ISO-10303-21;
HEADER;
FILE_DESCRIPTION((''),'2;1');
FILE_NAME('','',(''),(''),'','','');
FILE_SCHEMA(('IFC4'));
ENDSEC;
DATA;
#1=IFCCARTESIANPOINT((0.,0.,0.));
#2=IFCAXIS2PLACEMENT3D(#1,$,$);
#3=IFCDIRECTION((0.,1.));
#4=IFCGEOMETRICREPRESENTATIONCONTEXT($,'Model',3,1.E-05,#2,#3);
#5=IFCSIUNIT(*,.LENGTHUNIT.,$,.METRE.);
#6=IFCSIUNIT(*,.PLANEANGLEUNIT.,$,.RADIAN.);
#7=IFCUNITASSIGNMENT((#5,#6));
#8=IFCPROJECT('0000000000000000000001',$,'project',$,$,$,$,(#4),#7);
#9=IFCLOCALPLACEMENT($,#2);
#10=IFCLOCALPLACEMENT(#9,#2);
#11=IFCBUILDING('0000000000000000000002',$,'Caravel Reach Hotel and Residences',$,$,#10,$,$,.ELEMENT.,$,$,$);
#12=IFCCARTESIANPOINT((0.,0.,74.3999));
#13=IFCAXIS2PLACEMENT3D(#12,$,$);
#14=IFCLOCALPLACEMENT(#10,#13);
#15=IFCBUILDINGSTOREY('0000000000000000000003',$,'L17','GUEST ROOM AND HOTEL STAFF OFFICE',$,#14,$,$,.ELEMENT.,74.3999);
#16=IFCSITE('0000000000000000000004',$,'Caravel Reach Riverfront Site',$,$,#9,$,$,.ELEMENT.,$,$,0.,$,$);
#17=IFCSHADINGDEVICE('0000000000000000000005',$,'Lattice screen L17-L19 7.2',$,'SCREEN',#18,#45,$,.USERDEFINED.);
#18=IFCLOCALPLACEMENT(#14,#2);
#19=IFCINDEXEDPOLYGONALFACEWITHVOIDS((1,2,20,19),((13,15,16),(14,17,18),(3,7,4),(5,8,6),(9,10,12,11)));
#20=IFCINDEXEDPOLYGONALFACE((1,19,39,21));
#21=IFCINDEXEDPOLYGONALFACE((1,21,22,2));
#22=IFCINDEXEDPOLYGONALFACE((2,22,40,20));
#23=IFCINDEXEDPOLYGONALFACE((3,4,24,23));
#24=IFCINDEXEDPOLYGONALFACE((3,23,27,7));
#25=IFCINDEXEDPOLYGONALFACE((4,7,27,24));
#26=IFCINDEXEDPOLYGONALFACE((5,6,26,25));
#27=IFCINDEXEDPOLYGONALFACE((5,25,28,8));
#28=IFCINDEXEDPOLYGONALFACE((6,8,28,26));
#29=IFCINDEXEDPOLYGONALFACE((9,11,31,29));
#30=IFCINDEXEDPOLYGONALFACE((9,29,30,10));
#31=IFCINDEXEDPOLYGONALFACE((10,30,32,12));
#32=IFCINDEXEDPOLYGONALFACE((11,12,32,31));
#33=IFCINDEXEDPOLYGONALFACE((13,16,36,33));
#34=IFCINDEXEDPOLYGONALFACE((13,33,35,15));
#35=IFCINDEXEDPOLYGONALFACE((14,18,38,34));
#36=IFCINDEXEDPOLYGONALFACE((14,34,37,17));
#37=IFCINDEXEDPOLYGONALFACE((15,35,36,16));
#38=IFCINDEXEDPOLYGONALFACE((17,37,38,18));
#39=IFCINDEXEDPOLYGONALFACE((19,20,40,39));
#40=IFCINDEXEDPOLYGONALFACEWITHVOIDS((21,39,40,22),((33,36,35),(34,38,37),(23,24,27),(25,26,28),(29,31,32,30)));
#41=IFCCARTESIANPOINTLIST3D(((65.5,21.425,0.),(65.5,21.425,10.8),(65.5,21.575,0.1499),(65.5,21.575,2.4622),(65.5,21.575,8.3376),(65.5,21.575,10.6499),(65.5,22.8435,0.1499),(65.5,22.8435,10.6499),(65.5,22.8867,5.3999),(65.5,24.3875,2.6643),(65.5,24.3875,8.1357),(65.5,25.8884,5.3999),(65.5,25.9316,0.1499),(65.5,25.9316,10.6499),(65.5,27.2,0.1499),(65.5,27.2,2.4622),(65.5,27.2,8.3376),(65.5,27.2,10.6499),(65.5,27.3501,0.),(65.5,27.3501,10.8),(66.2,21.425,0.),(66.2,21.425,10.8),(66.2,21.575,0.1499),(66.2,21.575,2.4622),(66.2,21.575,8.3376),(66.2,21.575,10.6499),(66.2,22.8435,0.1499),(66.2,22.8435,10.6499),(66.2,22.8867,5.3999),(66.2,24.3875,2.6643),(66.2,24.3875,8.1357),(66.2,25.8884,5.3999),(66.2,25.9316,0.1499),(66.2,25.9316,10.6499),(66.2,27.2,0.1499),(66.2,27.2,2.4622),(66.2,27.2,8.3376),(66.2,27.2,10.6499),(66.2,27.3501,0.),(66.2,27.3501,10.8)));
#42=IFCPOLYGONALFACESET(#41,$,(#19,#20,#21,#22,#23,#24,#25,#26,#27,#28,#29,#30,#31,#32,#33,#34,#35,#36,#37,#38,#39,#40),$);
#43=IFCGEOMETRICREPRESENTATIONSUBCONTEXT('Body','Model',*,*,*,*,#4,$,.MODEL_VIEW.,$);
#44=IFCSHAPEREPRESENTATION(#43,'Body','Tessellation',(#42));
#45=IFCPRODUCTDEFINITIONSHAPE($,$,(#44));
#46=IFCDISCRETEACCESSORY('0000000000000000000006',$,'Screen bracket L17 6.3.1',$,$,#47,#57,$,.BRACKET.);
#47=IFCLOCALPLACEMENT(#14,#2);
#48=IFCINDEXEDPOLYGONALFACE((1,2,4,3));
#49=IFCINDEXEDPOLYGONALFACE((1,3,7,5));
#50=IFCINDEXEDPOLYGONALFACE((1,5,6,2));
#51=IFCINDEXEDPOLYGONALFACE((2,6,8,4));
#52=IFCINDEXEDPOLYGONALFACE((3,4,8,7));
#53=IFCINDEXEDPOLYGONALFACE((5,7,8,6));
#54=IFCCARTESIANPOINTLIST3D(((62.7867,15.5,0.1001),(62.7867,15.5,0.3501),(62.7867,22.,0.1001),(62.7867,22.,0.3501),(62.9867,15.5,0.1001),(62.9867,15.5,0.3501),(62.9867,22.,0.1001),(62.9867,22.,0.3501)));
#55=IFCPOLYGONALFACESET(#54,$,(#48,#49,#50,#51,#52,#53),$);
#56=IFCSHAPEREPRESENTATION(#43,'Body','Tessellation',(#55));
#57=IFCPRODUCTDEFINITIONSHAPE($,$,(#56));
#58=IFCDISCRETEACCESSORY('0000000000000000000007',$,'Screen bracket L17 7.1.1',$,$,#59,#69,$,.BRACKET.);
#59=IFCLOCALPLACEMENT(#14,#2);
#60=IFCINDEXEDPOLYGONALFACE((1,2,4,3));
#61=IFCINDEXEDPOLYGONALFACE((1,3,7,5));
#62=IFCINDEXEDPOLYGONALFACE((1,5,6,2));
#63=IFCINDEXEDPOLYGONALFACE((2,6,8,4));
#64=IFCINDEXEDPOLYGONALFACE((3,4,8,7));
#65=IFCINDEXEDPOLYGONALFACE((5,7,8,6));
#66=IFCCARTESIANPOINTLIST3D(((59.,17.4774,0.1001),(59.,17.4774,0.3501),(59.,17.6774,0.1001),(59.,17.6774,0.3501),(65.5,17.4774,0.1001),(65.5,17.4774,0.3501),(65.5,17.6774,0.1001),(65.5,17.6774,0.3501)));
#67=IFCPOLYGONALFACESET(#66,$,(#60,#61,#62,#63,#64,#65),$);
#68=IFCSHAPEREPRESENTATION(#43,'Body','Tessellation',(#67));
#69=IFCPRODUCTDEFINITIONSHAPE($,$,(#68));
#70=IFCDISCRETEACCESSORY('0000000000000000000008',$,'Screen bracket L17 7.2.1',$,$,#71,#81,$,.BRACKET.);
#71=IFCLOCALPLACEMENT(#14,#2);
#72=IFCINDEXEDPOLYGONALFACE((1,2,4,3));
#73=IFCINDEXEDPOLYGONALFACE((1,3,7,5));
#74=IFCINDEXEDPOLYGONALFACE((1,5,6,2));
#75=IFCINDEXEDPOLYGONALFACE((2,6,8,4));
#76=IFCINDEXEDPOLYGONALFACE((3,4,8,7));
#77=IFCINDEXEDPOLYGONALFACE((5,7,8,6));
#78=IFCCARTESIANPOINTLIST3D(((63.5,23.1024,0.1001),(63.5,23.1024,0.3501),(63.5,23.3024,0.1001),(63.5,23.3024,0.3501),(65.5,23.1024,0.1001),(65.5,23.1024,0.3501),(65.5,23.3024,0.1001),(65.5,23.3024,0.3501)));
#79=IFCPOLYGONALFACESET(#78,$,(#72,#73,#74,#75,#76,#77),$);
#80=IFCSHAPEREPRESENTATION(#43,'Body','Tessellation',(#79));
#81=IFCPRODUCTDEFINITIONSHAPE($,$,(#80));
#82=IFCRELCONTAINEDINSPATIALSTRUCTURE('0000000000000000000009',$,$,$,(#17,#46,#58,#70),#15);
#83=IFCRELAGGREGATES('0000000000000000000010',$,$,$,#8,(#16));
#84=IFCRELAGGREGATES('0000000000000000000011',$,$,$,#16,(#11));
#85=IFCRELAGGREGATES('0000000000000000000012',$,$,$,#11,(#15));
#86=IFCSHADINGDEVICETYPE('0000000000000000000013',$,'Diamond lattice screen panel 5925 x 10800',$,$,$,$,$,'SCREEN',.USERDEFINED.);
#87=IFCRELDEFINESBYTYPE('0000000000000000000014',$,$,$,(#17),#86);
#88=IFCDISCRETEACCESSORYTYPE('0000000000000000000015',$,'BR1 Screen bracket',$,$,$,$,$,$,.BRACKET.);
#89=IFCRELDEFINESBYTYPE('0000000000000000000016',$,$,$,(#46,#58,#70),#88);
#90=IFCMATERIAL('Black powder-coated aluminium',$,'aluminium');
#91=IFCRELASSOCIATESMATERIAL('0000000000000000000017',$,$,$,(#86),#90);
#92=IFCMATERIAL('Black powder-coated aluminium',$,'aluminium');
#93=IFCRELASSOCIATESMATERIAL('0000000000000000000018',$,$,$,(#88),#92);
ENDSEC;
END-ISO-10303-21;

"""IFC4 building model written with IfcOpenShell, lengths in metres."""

from ifc_helpers import new_model, si_unit, direction, frame, origin, origin_2d, place, context, subcontext, project, spatial, polyline, rectangle, outline, extrude, material, type_object, element, save


model = new_model("IFC4")

# Units and contexts
model_context = context("Model", 3, precision=1e-05, world=origin(), true_north=direction((0.0, 1.0)))
body_context = subcontext(model_context, "Body", "Model", "MODEL_VIEW")
ifc_project = project(units=[si_unit("LENGTHUNIT", "METRE"), si_unit("PLANEANGLEUNIT", "RADIAN")], contexts=[model_context])

# Site, building, storey
site_placement = place(None, origin())
site = spatial("IfcSite", under=ifc_project, at=site_placement, Name="Caravel Reach Riverfront Site", CompositionType="ELEMENT", RefElevation=0.0)
building_placement = place(site_placement, origin())
building = spatial("IfcBuilding", under=site, at=building_placement, Name="Caravel Reach Hotel and Residences", CompositionType="ELEMENT")
storey_placement = place(building_placement, frame((0.0, 0.0, 74.3999)))
storey = spatial("IfcBuildingStorey", under=building, at=storey_placement, Name="L17", Description="GUEST ROOM AND HOTEL STAFF OFFICE", CompositionType="ELEMENT", Elevation=74.3999)

# Shading device
ifc_material_1 = material(Name="Black powder-coated aluminium", Category="aluminium")
shading_device_type_1 = type_object("IfcShadingDeviceType", Name="Diamond lattice screen panel 5925 x 10800", ElementType="SCREEN", PredefinedType="USERDEFINED", material=ifc_material_1)
for number, where, z_axis, x_axis, name in (
    (1, (65.5, 21.425, 0.0), (1.0, 0.0, 0.0), (0.0, 1.0, 0.0), "Lattice screen L17-L19 7.2"),
):
    element("IfcShadingDevice", number, at=place(storey_placement, frame(where, z_axis=z_axis, x_axis=x_axis)), inside=storey, type_object=shading_device_type_1, Name=name, ObjectType="SCREEN", PredefinedType="USERDEFINED", context=body_context, shape_type="SweptSolid", body=[
        extrude(outline(polyline([(0.0, 0.0), (5.925, 0.0), (5.925, 10.8), (0.0, 10.8), (0.0, 0.0)]), holes=[polyline([(1.4185, 0.1499), (0.1499, 2.4622), (0.1499, 0.1499), (1.4185, 0.1499)]), polyline([(0.1499, 8.3376), (1.4185, 10.6499), (0.1499, 10.6499), (0.1499, 8.3376)]), polyline([(2.9624, 8.1357), (1.4617, 5.3999), (2.9624, 2.6643), (4.4634, 5.3999), (2.9624, 8.1357)]), polyline([(5.7749, 2.4622), (4.5066, 0.1499), (5.7749, 0.1499), (5.7749, 2.4622)]), polyline([(4.5066, 10.6499), (5.7749, 8.3376), (5.7749, 10.6499), (4.5066, 10.6499)])]), origin(), (0.0, 0.0, 1.0), 0.7),
    ])

# Discrete accessories
ifc_material_2 = material(Name="Black powder-coated aluminium", Category="aluminium")
discrete_accessory_type = type_object("IfcDiscreteAccessoryType", Name="BR1 Screen bracket", PredefinedType="BRACKET", material=ifc_material_2)
for number, where, z_axis, x_axis, name in (
    (2, (62.8867, 18.75, 0.1001), (0.0, 0.0, 1.0), (0.0, -1.0, 0.0), "Screen bracket L17 6.3.1"),
    (3, (62.25, 17.5774, 0.1001), (0.0, 0.0, 1.0), (1.0, 0.0, 0.0), "Screen bracket L17 7.1.1"),
):
    element("IfcDiscreteAccessory", number, at=place(storey_placement, frame(where, z_axis=z_axis, x_axis=x_axis)), inside=storey, type_object=discrete_accessory_type, Name=name, PredefinedType="BRACKET", context=body_context, shape_type="SweptSolid", body=[
        extrude(rectangle(XDim=6.5, YDim=0.2, at=origin_2d()), origin(), (0.0, 0.0, 1.0), 0.25),
    ])
discrete_accessory_placement = place(storey_placement, frame((64.5, 23.2024, 0.1001), z_axis=(0.0, 0.0, 1.0), x_axis=(1.0, 0.0, 0.0)))
element("IfcDiscreteAccessory", 4, at=discrete_accessory_placement, inside=storey, type_object=discrete_accessory_type, Name="Screen bracket L17 7.2.1", PredefinedType="BRACKET", context=body_context, shape_type="SweptSolid", body=[
    extrude(rectangle(XDim=2.0, YDim=0.2, at=origin_2d()), origin(), (0.0, 0.0, 1.0), 0.25),
])

save(model, "model.ifc")
